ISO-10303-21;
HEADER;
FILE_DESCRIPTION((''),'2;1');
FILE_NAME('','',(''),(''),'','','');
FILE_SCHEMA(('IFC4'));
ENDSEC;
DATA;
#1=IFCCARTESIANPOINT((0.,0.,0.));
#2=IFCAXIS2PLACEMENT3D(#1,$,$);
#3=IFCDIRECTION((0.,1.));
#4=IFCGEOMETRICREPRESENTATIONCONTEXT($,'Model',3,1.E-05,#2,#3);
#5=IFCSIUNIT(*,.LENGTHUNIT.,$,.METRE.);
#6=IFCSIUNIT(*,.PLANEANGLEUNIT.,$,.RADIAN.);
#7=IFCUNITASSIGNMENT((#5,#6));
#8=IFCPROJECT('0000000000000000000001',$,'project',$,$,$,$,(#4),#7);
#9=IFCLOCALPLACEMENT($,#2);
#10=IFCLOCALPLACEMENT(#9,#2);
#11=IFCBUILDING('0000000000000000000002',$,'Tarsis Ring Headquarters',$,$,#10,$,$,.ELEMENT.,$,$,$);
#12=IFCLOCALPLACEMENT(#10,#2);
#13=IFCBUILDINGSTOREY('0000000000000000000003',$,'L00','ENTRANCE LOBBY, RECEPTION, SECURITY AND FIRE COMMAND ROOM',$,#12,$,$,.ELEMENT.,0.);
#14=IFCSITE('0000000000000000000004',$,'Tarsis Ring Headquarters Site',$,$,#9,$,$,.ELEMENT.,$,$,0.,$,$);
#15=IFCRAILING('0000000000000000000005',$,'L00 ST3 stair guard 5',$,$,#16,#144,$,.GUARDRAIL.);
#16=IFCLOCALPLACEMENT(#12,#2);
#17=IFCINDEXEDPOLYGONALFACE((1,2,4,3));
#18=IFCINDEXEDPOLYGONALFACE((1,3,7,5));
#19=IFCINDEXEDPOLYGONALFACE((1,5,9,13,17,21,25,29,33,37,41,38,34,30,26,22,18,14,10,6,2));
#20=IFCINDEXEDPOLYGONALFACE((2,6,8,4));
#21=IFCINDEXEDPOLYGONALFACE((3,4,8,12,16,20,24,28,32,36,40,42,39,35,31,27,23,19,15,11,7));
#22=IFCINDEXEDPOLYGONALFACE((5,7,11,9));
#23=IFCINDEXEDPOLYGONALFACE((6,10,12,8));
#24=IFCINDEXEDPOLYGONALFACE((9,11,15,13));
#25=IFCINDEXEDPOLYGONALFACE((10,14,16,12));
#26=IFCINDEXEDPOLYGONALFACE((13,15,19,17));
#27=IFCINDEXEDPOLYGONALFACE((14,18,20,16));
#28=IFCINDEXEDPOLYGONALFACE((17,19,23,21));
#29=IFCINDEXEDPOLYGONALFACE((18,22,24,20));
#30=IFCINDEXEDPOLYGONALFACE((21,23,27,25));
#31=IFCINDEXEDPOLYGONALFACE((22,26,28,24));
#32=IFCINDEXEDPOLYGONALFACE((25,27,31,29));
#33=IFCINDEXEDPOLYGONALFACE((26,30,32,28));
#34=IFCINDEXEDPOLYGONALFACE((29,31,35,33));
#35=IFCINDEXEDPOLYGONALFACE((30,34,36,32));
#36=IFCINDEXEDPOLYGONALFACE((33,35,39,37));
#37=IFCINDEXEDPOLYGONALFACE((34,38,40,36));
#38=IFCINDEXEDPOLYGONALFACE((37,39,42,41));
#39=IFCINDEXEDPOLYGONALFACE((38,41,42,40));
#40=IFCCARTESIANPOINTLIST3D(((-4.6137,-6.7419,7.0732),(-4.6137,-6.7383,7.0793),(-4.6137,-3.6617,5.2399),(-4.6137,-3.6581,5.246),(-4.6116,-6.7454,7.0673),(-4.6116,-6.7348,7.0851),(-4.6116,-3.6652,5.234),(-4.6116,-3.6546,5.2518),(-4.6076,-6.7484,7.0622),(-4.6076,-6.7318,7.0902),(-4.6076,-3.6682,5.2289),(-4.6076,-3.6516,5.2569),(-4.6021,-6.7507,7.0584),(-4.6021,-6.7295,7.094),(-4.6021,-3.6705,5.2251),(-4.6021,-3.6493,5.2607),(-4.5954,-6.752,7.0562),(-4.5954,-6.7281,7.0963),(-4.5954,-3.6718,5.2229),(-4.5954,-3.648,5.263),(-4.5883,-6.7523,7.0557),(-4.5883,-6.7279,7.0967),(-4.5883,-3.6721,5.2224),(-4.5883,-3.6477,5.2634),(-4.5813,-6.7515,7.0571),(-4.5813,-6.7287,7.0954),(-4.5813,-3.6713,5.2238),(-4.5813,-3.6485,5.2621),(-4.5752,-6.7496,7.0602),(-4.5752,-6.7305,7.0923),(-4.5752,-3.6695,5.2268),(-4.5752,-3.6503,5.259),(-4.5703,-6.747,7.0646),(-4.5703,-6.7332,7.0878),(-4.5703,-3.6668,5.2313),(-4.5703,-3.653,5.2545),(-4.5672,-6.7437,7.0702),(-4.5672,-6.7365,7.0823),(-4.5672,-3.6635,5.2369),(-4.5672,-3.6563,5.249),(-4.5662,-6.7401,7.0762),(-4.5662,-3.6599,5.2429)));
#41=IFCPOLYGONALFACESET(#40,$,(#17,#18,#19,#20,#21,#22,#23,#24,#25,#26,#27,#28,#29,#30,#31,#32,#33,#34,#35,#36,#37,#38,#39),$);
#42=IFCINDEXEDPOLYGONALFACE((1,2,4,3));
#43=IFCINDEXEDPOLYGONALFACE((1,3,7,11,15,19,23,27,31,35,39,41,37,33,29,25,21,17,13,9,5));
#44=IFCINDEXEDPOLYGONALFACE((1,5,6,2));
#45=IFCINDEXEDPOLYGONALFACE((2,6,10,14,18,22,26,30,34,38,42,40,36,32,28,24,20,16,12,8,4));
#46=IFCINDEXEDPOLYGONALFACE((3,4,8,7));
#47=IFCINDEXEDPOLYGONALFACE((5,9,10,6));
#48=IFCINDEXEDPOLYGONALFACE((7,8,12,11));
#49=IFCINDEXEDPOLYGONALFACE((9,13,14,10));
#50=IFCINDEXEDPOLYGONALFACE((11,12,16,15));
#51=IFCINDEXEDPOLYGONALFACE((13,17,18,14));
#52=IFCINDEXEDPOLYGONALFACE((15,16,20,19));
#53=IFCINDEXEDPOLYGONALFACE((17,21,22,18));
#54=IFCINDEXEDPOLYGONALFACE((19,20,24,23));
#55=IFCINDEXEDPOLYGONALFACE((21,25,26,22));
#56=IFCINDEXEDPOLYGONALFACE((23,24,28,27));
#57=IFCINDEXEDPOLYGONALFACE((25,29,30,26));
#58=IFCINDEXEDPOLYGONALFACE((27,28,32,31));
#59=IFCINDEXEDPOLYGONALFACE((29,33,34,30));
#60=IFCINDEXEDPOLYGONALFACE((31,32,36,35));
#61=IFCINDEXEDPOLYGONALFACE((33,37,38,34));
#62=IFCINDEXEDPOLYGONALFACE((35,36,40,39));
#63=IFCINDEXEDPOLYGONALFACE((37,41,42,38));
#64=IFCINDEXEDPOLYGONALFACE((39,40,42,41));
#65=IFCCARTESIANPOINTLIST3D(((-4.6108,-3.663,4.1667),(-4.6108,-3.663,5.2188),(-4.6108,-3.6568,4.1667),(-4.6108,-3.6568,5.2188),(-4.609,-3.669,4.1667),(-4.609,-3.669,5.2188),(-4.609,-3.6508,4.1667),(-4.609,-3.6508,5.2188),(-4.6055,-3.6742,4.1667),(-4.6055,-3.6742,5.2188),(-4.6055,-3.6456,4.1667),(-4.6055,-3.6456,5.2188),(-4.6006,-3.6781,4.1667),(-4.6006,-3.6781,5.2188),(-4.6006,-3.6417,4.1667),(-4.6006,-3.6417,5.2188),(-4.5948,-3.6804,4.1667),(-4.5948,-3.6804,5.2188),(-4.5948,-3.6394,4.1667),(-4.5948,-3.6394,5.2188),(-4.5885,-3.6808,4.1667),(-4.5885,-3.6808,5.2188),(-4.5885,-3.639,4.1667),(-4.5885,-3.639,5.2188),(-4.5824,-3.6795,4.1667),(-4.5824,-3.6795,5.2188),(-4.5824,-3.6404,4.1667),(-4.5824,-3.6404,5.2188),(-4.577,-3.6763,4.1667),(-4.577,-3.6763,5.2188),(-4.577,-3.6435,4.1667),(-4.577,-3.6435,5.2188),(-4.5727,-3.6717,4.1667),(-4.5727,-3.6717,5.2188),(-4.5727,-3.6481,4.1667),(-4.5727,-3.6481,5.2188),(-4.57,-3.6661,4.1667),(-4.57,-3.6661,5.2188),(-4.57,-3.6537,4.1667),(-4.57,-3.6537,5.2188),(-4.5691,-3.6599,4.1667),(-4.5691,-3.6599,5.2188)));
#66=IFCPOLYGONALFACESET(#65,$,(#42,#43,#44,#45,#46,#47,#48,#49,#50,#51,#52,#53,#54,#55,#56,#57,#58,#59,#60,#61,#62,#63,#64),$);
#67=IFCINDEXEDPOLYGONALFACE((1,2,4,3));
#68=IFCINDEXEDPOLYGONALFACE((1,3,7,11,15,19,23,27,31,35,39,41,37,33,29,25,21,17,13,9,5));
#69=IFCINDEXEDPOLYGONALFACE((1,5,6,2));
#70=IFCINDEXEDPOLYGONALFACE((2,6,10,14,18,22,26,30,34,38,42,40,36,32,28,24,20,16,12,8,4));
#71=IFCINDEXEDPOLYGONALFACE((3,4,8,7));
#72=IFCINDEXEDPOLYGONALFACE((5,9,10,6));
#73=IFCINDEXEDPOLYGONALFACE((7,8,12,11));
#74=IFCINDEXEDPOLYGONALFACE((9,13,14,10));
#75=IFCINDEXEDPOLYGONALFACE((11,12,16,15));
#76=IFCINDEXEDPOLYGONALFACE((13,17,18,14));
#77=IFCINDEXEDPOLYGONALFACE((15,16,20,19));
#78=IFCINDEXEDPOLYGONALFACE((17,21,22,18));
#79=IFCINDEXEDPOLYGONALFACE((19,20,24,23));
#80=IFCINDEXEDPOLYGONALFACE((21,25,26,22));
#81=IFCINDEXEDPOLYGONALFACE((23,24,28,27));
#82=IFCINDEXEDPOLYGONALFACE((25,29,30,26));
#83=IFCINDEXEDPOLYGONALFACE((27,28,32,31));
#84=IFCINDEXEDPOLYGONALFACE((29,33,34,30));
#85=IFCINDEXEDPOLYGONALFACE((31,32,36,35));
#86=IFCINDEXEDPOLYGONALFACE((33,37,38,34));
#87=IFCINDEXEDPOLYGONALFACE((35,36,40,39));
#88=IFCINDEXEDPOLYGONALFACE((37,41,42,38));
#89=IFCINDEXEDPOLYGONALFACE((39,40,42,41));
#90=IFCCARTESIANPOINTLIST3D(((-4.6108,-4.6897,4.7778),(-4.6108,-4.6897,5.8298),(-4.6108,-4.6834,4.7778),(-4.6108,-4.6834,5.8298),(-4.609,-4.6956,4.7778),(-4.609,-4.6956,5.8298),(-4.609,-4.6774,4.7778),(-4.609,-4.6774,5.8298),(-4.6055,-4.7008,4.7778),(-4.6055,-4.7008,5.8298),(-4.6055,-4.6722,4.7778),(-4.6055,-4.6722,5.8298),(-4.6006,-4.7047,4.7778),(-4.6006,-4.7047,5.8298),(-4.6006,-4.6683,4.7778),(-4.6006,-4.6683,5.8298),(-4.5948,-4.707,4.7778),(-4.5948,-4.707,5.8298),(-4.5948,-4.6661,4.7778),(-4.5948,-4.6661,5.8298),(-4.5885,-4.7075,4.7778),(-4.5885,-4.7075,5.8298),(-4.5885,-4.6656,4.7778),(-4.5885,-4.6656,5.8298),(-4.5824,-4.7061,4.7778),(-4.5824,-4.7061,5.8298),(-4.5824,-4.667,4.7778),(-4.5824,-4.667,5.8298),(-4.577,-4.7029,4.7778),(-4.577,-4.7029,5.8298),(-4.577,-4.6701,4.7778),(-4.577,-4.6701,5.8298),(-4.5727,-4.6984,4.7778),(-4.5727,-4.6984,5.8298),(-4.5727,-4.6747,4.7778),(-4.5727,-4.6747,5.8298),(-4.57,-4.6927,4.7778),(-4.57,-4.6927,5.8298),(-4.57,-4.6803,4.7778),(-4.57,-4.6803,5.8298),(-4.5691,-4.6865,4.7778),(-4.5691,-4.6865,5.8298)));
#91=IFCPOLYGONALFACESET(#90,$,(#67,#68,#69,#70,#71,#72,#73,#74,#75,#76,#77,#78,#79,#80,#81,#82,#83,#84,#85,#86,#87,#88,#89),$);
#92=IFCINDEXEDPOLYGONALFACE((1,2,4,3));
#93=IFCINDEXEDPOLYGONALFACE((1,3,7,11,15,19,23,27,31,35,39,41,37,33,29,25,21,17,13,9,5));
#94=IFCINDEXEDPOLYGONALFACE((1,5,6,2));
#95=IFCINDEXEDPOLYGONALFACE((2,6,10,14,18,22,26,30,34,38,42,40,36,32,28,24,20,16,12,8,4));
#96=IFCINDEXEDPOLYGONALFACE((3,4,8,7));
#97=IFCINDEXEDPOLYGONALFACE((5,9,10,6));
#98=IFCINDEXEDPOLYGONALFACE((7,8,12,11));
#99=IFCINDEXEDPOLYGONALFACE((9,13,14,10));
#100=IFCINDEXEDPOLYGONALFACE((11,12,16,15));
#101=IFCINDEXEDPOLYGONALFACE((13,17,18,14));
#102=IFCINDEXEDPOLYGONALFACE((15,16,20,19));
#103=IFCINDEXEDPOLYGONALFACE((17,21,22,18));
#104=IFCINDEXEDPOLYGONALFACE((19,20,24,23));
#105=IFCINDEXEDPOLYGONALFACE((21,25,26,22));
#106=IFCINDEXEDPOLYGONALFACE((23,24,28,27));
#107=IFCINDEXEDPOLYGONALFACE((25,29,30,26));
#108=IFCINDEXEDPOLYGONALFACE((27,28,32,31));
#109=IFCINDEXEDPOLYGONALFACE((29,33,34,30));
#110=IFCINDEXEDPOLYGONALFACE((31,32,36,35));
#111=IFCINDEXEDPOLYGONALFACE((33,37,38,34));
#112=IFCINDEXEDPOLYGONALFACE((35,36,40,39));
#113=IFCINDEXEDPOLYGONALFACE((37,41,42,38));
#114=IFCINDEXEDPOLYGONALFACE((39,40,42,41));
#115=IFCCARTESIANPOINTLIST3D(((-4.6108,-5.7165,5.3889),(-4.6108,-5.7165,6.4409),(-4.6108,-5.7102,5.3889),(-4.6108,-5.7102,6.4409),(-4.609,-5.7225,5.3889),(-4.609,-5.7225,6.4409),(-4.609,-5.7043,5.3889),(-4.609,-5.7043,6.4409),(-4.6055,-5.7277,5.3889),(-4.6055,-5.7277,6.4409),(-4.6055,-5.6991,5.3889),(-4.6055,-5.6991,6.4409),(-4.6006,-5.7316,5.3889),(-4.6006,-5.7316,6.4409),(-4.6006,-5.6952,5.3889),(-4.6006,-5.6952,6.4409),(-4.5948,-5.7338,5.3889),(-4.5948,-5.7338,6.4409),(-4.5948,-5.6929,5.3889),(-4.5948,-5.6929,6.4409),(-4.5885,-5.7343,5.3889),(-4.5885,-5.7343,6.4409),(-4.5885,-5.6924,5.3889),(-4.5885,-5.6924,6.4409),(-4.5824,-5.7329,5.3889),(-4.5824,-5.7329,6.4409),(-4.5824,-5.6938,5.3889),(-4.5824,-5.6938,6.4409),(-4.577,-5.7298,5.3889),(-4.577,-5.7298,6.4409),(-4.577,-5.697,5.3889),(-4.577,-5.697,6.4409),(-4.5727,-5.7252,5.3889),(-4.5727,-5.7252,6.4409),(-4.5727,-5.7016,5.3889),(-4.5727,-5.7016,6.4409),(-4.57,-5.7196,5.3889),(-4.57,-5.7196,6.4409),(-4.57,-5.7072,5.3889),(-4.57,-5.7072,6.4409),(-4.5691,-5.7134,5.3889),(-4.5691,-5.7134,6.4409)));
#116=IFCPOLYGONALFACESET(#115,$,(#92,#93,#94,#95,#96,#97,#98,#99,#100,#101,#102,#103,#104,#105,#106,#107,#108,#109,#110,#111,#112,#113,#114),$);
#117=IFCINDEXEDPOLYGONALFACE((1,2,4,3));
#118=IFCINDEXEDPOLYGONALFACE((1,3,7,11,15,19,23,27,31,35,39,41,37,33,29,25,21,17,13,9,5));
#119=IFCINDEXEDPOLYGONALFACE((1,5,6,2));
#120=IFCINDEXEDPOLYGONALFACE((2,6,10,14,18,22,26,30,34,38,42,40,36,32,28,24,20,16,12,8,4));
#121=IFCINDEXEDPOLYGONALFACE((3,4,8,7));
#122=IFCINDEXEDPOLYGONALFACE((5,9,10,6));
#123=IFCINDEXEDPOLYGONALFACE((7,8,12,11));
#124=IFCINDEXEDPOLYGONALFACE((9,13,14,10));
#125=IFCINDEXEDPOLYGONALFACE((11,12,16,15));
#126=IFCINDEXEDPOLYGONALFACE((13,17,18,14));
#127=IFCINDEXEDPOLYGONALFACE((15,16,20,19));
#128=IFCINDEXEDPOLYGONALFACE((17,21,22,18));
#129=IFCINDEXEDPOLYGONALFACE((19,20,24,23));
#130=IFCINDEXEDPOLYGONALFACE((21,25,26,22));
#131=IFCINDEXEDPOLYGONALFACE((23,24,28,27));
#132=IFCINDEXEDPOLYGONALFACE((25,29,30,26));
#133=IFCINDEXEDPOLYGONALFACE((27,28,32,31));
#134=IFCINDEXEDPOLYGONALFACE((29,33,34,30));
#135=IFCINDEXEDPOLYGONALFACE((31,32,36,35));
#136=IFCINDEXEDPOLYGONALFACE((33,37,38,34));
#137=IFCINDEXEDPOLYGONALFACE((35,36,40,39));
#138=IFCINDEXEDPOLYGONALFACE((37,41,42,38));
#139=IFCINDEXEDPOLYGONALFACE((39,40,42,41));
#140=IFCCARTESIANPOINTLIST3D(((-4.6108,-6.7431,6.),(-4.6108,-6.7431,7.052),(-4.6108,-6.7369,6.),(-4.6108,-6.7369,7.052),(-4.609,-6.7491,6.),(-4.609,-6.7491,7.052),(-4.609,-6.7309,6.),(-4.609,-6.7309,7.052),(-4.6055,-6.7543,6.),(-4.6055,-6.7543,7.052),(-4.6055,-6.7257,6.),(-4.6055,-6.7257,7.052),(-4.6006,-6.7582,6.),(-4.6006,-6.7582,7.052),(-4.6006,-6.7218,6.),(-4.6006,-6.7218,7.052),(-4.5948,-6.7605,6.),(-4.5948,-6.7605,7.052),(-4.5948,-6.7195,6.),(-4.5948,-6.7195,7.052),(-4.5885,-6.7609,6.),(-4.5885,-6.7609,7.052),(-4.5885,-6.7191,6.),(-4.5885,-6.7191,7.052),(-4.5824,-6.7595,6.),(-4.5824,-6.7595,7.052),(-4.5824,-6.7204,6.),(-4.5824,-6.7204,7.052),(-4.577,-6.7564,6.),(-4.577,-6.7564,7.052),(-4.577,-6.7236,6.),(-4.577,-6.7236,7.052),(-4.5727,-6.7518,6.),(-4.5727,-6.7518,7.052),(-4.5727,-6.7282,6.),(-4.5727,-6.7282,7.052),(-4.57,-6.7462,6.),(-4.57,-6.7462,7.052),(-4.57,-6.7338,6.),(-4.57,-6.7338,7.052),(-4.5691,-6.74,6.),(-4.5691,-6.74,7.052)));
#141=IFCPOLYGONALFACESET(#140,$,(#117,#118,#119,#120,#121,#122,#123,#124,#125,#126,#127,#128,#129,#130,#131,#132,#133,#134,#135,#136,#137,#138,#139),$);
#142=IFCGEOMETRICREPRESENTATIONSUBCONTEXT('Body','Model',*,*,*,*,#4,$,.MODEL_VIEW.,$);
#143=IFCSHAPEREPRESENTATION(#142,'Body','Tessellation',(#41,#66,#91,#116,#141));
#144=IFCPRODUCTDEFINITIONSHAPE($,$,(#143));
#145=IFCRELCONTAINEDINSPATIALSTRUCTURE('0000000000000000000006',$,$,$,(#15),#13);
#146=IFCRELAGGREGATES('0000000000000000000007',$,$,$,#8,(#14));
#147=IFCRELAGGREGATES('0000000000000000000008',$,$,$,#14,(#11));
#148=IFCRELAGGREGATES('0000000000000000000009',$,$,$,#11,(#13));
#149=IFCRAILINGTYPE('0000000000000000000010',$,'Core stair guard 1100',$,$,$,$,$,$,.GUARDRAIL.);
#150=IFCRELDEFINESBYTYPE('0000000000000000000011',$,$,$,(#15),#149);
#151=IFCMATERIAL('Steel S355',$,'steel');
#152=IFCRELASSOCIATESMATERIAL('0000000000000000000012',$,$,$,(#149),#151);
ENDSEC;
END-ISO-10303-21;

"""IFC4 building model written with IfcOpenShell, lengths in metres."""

from ifc_helpers import new_model, si_unit, direction, frame, origin, origin_2d, place, context, subcontext, project, spatial, circle, extrude, material, type_object, element, save


model = new_model("IFC4")

# Units and contexts
model_context = context("Model", 3, precision=1e-05, world=origin(), true_north=direction((0.0, 1.0)))
body_context = subcontext(model_context, "Body", "Model", "MODEL_VIEW")
ifc_project = project(units=[si_unit("LENGTHUNIT", "METRE"), si_unit("PLANEANGLEUNIT", "RADIAN")], contexts=[model_context])

# Site, building, storey
site_placement = place(None, origin())
site = spatial("IfcSite", under=ifc_project, at=site_placement, Name="Tarsis Ring Headquarters Site", CompositionType="ELEMENT", RefElevation=0.0)
building_placement = place(site_placement, origin())
building = spatial("IfcBuilding", under=site, at=building_placement, Name="Tarsis Ring Headquarters", CompositionType="ELEMENT")
storey_placement = place(building_placement, origin())
storey = spatial("IfcBuildingStorey", under=building, at=storey_placement, Name="L00", Description="ENTRANCE LOBBY, RECEPTION, SECURITY AND FIRE COMMAND ROOM", CompositionType="ELEMENT", Elevation=0.0)

# Railing
ifc_material = material(Name="Steel S355", Category="steel")
railing_type_1 = type_object("IfcRailingType", Name="Core stair guard 1100", PredefinedType="GUARDRAIL", material=ifc_material)
railing_1_placement = place(storey_placement, frame((-4.5901, -3.6599, 4.1667)))
element("IfcRailing", 1, at=railing_1_placement, inside=storey, type_object=railing_type_1, Name="L00 ST3 stair guard 5", PredefinedType="GUARDRAIL", context=body_context, shape_type="SweptSolid", body=[
    extrude(circle(Radius=0.0239, at=origin_2d()), frame((0.0, 0.0, 1.0762), z_axis=(0.0, -0.859309, 0.511458), x_axis=(1.0, 0.0, 0.0)), (0.0, 0.0, 1.0), 3.5845),
    extrude(circle(Radius=0.021, at=origin_2d()), origin(), (0.0, 0.0, 1.0), 1.052),
    extrude(circle(Radius=0.021, at=origin_2d()), frame((0.0, -1.0266, 0.6111)), (0.0, 0.0, 1.0), 1.052),
    extrude(circle(Radius=0.021, at=origin_2d()), frame((0.0, -2.0535, 1.2222)), (0.0, 0.0, 1.0), 1.052),
    extrude(circle(Radius=0.021, at=origin_2d()), frame((0.0, -3.0801, 1.8333)), (0.0, 0.0, 1.0), 1.052),
])

save(model, "model.ifc")
